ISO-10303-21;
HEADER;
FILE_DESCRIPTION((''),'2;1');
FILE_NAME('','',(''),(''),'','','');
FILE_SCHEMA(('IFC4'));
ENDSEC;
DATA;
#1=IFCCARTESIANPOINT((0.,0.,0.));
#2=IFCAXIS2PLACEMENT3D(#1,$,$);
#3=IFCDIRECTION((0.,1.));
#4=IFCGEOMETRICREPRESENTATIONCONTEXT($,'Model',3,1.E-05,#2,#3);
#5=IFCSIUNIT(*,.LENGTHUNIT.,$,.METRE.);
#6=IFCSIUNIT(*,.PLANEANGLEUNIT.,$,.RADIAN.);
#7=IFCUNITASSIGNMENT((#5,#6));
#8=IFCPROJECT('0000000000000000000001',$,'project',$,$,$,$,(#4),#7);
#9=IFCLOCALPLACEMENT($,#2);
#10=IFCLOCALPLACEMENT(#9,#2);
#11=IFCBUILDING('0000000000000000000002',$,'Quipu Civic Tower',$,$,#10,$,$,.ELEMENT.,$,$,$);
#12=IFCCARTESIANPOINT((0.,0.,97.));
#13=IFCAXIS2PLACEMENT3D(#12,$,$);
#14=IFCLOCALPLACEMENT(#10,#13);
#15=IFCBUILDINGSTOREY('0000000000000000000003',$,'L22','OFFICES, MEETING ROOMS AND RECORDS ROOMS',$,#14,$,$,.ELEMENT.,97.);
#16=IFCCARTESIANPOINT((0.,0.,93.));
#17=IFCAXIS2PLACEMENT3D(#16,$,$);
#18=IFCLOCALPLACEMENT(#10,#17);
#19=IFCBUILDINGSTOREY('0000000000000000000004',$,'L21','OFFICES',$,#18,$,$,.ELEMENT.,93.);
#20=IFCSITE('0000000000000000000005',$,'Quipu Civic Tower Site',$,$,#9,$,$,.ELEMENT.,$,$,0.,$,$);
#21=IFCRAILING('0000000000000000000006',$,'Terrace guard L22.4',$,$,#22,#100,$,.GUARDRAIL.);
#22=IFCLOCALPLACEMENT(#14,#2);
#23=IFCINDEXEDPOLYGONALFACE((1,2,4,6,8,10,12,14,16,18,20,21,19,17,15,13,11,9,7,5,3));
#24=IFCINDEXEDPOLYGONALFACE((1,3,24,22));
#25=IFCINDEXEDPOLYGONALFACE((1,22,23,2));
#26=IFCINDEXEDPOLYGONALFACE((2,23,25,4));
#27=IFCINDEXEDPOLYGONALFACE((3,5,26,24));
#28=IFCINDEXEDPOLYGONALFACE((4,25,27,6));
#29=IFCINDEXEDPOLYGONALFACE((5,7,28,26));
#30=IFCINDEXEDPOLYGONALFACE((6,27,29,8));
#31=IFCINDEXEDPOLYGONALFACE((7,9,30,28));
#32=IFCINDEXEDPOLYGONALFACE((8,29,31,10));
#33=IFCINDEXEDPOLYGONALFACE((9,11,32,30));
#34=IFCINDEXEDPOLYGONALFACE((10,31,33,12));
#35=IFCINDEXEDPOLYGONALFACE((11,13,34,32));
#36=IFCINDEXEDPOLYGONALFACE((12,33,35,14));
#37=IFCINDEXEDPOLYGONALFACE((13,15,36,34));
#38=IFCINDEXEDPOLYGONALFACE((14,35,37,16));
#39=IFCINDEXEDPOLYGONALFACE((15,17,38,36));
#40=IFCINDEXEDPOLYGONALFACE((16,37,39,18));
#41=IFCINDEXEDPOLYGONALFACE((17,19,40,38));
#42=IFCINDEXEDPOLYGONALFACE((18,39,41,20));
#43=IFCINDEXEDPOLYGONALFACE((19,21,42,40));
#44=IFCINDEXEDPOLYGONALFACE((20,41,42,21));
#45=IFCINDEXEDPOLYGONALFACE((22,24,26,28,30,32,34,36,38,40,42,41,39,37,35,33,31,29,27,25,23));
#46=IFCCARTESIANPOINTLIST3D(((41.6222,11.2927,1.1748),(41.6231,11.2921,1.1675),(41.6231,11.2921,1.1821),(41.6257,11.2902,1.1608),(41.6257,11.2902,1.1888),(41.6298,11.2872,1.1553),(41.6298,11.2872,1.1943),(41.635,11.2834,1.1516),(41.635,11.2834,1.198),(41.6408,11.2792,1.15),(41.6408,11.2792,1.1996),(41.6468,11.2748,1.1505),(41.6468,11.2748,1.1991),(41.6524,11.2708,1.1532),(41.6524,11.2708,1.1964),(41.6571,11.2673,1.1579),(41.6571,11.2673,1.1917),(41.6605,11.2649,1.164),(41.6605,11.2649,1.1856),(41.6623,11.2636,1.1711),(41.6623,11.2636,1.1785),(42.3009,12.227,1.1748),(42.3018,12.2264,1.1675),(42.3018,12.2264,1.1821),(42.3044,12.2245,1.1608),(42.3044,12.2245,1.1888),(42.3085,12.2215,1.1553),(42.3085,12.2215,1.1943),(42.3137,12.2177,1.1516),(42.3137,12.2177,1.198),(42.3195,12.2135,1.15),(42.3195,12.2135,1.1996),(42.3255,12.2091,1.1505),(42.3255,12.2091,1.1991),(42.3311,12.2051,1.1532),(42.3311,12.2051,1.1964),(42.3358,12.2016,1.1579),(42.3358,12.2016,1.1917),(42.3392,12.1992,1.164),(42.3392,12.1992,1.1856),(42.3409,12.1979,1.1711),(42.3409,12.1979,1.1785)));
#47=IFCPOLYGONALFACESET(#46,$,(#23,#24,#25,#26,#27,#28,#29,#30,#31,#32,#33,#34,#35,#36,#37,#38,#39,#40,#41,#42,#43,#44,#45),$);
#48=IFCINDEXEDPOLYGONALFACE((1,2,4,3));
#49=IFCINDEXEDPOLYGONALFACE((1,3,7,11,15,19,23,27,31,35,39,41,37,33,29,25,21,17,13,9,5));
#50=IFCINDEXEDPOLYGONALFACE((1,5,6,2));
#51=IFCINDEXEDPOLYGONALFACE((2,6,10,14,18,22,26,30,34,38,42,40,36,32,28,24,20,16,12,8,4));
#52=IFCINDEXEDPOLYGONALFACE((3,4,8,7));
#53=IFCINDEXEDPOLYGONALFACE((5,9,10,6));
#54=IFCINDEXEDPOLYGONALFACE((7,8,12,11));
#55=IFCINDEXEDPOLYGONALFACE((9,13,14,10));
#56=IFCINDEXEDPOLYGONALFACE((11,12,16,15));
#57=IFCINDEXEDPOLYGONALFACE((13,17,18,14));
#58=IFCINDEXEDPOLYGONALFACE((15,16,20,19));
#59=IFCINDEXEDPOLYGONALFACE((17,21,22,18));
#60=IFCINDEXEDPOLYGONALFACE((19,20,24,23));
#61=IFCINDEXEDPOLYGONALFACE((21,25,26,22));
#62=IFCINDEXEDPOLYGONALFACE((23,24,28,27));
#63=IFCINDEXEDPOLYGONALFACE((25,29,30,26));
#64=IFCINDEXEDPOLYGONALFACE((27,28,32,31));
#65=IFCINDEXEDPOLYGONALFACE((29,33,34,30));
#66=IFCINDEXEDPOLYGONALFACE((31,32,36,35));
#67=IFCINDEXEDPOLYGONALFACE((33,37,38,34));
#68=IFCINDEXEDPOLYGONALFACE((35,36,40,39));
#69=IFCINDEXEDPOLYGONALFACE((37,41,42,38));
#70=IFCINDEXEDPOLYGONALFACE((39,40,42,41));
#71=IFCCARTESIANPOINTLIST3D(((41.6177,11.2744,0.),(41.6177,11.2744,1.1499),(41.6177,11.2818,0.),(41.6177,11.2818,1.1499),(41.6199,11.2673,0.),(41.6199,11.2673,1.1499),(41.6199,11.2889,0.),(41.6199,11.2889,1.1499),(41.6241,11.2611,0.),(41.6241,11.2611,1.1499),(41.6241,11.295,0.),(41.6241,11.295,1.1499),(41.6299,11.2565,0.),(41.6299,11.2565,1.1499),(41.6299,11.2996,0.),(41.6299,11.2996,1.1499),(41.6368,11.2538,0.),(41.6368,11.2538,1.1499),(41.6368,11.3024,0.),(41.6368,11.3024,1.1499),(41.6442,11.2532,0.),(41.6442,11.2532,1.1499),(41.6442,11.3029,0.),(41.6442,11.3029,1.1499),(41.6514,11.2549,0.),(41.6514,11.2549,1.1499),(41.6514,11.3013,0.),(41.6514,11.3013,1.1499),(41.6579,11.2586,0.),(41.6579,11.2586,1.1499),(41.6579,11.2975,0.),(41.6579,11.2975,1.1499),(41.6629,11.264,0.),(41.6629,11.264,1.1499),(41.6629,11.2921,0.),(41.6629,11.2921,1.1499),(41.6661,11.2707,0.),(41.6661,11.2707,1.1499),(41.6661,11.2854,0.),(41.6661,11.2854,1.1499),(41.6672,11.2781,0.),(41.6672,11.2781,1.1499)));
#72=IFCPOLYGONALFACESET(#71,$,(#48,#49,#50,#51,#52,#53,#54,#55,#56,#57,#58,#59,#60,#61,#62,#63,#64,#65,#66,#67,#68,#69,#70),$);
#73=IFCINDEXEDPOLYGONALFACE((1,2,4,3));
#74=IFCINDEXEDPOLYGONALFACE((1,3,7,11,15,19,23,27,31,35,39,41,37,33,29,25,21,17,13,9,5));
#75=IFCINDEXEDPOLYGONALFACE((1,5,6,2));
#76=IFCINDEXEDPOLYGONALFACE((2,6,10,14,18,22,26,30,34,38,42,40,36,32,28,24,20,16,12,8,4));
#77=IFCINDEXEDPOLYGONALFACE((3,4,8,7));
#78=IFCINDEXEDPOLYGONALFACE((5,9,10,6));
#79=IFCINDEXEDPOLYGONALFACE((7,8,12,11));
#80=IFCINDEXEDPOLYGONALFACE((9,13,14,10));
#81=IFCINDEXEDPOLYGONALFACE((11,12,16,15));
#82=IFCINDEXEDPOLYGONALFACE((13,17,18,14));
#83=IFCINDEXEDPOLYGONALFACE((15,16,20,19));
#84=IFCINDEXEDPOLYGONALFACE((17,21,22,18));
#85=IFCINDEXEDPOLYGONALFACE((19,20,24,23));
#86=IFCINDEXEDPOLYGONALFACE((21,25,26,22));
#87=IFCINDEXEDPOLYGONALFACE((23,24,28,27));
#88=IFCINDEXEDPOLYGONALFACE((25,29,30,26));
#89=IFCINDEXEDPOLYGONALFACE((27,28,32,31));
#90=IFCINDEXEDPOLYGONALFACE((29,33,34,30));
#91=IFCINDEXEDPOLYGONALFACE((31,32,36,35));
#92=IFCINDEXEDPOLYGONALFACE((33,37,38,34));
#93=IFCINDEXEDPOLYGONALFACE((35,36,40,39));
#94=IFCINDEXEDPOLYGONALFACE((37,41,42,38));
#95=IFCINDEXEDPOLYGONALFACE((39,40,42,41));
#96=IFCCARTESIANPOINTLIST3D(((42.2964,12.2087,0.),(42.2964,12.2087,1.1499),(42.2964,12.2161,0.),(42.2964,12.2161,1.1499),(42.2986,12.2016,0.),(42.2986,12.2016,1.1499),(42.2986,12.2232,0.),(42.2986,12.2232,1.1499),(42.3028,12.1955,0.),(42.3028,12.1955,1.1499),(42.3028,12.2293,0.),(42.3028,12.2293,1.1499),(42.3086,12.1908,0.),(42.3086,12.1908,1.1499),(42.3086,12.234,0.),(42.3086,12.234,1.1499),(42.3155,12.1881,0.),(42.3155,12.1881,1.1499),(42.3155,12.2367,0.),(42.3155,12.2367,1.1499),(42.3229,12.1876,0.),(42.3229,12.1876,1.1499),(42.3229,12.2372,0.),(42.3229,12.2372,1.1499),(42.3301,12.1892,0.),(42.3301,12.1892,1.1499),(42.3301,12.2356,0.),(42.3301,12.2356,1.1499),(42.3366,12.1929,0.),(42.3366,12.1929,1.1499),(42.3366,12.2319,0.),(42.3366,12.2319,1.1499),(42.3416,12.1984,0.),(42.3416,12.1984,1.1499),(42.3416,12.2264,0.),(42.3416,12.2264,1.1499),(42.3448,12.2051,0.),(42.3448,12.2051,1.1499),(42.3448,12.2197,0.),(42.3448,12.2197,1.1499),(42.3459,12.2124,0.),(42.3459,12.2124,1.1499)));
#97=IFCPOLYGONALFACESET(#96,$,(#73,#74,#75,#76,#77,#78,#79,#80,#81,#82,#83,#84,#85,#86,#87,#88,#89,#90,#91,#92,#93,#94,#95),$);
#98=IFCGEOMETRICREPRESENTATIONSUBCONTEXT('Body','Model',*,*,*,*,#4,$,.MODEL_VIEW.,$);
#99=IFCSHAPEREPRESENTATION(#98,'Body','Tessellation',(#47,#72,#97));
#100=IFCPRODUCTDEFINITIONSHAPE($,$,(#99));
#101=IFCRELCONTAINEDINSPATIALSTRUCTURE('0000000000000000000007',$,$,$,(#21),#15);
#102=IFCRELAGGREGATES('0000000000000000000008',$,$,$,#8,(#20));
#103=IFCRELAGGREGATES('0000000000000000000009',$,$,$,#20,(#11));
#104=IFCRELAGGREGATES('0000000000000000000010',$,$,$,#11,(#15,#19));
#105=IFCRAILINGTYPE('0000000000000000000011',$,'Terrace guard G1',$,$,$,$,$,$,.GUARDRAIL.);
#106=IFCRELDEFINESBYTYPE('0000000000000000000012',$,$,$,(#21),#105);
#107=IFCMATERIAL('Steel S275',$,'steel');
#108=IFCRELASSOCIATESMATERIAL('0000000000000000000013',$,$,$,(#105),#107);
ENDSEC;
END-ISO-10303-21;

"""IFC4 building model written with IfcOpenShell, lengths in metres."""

from ifc_helpers import new_model, si_unit, direction, frame, origin, origin_2d, place, context, subcontext, project, spatial, circle, extrude, material, type_object, element, save


model = new_model("IFC4")

# Units and contexts
model_context = context("Model", 3, precision=1e-05, world=origin(), true_north=direction((0.0, 1.0)))
body_context = subcontext(model_context, "Body", "Model", "MODEL_VIEW")
ifc_project = project(units=[si_unit("LENGTHUNIT", "METRE"), si_unit("PLANEANGLEUNIT", "RADIAN")], contexts=[model_context])

# Site, building, storey
site_placement = place(None, origin())
site = spatial("IfcSite", under=ifc_project, at=site_placement, Name="Quipu Civic Tower Site", CompositionType="ELEMENT", RefElevation=0.0)
building_placement = place(site_placement, origin())
building = spatial("IfcBuilding", under=site, at=building_placement, Name="Quipu Civic Tower", CompositionType="ELEMENT")
storey_1_placement = place(building_placement, frame((0.0, 0.0, 97.0)))
storey_1 = spatial("IfcBuildingStorey", under=building, at=storey_1_placement, Name="L22", Description="OFFICES, MEETING ROOMS AND RECORDS ROOMS", CompositionType="ELEMENT", Elevation=97.0)

# Shared definitions
storey_2_placement = place(building_placement, frame((0.0, 0.0, 93.0)))
storey_2 = spatial("IfcBuildingStorey", under=building, at=storey_2_placement, Name="L21", Description="OFFICES", CompositionType="ELEMENT", Elevation=93.0)

# Railing
ifc_material_1 = material(Name="Steel S275", Category="steel")
railing_type = type_object("IfcRailingType", Name="Terrace guard G1", PredefinedType="GUARDRAIL", material=ifc_material_1)
railing_1_placement = place(storey_1_placement, frame((41.6423, 11.2781, 0.0)))
element("IfcRailing", 1, at=railing_1_placement, inside=storey_1, type_object=railing_type, Name="Terrace guard L22.4", PredefinedType="GUARDRAIL", context=body_context, shape_type="SweptSolid", body=[
    extrude(circle(Radius=0.0249, at=origin_2d()), frame((0.0, 0.0, 1.1748), z_axis=(0.587719, 0.809065, 0.0), x_axis=(-0.809065, 0.587719, 0.0)), (0.0, 0.0, 1.0), 1.1548),
    extrude(circle(Radius=0.0249, at=origin_2d()), origin(), (0.0, 0.0, 1.0), 1.1499),
    extrude(circle(Radius=0.0249, at=origin_2d()), frame((0.6787, 0.9343, 0.0)), (0.0, 0.0, 1.0), 1.1499),
])

save(model, "model.ifc")
